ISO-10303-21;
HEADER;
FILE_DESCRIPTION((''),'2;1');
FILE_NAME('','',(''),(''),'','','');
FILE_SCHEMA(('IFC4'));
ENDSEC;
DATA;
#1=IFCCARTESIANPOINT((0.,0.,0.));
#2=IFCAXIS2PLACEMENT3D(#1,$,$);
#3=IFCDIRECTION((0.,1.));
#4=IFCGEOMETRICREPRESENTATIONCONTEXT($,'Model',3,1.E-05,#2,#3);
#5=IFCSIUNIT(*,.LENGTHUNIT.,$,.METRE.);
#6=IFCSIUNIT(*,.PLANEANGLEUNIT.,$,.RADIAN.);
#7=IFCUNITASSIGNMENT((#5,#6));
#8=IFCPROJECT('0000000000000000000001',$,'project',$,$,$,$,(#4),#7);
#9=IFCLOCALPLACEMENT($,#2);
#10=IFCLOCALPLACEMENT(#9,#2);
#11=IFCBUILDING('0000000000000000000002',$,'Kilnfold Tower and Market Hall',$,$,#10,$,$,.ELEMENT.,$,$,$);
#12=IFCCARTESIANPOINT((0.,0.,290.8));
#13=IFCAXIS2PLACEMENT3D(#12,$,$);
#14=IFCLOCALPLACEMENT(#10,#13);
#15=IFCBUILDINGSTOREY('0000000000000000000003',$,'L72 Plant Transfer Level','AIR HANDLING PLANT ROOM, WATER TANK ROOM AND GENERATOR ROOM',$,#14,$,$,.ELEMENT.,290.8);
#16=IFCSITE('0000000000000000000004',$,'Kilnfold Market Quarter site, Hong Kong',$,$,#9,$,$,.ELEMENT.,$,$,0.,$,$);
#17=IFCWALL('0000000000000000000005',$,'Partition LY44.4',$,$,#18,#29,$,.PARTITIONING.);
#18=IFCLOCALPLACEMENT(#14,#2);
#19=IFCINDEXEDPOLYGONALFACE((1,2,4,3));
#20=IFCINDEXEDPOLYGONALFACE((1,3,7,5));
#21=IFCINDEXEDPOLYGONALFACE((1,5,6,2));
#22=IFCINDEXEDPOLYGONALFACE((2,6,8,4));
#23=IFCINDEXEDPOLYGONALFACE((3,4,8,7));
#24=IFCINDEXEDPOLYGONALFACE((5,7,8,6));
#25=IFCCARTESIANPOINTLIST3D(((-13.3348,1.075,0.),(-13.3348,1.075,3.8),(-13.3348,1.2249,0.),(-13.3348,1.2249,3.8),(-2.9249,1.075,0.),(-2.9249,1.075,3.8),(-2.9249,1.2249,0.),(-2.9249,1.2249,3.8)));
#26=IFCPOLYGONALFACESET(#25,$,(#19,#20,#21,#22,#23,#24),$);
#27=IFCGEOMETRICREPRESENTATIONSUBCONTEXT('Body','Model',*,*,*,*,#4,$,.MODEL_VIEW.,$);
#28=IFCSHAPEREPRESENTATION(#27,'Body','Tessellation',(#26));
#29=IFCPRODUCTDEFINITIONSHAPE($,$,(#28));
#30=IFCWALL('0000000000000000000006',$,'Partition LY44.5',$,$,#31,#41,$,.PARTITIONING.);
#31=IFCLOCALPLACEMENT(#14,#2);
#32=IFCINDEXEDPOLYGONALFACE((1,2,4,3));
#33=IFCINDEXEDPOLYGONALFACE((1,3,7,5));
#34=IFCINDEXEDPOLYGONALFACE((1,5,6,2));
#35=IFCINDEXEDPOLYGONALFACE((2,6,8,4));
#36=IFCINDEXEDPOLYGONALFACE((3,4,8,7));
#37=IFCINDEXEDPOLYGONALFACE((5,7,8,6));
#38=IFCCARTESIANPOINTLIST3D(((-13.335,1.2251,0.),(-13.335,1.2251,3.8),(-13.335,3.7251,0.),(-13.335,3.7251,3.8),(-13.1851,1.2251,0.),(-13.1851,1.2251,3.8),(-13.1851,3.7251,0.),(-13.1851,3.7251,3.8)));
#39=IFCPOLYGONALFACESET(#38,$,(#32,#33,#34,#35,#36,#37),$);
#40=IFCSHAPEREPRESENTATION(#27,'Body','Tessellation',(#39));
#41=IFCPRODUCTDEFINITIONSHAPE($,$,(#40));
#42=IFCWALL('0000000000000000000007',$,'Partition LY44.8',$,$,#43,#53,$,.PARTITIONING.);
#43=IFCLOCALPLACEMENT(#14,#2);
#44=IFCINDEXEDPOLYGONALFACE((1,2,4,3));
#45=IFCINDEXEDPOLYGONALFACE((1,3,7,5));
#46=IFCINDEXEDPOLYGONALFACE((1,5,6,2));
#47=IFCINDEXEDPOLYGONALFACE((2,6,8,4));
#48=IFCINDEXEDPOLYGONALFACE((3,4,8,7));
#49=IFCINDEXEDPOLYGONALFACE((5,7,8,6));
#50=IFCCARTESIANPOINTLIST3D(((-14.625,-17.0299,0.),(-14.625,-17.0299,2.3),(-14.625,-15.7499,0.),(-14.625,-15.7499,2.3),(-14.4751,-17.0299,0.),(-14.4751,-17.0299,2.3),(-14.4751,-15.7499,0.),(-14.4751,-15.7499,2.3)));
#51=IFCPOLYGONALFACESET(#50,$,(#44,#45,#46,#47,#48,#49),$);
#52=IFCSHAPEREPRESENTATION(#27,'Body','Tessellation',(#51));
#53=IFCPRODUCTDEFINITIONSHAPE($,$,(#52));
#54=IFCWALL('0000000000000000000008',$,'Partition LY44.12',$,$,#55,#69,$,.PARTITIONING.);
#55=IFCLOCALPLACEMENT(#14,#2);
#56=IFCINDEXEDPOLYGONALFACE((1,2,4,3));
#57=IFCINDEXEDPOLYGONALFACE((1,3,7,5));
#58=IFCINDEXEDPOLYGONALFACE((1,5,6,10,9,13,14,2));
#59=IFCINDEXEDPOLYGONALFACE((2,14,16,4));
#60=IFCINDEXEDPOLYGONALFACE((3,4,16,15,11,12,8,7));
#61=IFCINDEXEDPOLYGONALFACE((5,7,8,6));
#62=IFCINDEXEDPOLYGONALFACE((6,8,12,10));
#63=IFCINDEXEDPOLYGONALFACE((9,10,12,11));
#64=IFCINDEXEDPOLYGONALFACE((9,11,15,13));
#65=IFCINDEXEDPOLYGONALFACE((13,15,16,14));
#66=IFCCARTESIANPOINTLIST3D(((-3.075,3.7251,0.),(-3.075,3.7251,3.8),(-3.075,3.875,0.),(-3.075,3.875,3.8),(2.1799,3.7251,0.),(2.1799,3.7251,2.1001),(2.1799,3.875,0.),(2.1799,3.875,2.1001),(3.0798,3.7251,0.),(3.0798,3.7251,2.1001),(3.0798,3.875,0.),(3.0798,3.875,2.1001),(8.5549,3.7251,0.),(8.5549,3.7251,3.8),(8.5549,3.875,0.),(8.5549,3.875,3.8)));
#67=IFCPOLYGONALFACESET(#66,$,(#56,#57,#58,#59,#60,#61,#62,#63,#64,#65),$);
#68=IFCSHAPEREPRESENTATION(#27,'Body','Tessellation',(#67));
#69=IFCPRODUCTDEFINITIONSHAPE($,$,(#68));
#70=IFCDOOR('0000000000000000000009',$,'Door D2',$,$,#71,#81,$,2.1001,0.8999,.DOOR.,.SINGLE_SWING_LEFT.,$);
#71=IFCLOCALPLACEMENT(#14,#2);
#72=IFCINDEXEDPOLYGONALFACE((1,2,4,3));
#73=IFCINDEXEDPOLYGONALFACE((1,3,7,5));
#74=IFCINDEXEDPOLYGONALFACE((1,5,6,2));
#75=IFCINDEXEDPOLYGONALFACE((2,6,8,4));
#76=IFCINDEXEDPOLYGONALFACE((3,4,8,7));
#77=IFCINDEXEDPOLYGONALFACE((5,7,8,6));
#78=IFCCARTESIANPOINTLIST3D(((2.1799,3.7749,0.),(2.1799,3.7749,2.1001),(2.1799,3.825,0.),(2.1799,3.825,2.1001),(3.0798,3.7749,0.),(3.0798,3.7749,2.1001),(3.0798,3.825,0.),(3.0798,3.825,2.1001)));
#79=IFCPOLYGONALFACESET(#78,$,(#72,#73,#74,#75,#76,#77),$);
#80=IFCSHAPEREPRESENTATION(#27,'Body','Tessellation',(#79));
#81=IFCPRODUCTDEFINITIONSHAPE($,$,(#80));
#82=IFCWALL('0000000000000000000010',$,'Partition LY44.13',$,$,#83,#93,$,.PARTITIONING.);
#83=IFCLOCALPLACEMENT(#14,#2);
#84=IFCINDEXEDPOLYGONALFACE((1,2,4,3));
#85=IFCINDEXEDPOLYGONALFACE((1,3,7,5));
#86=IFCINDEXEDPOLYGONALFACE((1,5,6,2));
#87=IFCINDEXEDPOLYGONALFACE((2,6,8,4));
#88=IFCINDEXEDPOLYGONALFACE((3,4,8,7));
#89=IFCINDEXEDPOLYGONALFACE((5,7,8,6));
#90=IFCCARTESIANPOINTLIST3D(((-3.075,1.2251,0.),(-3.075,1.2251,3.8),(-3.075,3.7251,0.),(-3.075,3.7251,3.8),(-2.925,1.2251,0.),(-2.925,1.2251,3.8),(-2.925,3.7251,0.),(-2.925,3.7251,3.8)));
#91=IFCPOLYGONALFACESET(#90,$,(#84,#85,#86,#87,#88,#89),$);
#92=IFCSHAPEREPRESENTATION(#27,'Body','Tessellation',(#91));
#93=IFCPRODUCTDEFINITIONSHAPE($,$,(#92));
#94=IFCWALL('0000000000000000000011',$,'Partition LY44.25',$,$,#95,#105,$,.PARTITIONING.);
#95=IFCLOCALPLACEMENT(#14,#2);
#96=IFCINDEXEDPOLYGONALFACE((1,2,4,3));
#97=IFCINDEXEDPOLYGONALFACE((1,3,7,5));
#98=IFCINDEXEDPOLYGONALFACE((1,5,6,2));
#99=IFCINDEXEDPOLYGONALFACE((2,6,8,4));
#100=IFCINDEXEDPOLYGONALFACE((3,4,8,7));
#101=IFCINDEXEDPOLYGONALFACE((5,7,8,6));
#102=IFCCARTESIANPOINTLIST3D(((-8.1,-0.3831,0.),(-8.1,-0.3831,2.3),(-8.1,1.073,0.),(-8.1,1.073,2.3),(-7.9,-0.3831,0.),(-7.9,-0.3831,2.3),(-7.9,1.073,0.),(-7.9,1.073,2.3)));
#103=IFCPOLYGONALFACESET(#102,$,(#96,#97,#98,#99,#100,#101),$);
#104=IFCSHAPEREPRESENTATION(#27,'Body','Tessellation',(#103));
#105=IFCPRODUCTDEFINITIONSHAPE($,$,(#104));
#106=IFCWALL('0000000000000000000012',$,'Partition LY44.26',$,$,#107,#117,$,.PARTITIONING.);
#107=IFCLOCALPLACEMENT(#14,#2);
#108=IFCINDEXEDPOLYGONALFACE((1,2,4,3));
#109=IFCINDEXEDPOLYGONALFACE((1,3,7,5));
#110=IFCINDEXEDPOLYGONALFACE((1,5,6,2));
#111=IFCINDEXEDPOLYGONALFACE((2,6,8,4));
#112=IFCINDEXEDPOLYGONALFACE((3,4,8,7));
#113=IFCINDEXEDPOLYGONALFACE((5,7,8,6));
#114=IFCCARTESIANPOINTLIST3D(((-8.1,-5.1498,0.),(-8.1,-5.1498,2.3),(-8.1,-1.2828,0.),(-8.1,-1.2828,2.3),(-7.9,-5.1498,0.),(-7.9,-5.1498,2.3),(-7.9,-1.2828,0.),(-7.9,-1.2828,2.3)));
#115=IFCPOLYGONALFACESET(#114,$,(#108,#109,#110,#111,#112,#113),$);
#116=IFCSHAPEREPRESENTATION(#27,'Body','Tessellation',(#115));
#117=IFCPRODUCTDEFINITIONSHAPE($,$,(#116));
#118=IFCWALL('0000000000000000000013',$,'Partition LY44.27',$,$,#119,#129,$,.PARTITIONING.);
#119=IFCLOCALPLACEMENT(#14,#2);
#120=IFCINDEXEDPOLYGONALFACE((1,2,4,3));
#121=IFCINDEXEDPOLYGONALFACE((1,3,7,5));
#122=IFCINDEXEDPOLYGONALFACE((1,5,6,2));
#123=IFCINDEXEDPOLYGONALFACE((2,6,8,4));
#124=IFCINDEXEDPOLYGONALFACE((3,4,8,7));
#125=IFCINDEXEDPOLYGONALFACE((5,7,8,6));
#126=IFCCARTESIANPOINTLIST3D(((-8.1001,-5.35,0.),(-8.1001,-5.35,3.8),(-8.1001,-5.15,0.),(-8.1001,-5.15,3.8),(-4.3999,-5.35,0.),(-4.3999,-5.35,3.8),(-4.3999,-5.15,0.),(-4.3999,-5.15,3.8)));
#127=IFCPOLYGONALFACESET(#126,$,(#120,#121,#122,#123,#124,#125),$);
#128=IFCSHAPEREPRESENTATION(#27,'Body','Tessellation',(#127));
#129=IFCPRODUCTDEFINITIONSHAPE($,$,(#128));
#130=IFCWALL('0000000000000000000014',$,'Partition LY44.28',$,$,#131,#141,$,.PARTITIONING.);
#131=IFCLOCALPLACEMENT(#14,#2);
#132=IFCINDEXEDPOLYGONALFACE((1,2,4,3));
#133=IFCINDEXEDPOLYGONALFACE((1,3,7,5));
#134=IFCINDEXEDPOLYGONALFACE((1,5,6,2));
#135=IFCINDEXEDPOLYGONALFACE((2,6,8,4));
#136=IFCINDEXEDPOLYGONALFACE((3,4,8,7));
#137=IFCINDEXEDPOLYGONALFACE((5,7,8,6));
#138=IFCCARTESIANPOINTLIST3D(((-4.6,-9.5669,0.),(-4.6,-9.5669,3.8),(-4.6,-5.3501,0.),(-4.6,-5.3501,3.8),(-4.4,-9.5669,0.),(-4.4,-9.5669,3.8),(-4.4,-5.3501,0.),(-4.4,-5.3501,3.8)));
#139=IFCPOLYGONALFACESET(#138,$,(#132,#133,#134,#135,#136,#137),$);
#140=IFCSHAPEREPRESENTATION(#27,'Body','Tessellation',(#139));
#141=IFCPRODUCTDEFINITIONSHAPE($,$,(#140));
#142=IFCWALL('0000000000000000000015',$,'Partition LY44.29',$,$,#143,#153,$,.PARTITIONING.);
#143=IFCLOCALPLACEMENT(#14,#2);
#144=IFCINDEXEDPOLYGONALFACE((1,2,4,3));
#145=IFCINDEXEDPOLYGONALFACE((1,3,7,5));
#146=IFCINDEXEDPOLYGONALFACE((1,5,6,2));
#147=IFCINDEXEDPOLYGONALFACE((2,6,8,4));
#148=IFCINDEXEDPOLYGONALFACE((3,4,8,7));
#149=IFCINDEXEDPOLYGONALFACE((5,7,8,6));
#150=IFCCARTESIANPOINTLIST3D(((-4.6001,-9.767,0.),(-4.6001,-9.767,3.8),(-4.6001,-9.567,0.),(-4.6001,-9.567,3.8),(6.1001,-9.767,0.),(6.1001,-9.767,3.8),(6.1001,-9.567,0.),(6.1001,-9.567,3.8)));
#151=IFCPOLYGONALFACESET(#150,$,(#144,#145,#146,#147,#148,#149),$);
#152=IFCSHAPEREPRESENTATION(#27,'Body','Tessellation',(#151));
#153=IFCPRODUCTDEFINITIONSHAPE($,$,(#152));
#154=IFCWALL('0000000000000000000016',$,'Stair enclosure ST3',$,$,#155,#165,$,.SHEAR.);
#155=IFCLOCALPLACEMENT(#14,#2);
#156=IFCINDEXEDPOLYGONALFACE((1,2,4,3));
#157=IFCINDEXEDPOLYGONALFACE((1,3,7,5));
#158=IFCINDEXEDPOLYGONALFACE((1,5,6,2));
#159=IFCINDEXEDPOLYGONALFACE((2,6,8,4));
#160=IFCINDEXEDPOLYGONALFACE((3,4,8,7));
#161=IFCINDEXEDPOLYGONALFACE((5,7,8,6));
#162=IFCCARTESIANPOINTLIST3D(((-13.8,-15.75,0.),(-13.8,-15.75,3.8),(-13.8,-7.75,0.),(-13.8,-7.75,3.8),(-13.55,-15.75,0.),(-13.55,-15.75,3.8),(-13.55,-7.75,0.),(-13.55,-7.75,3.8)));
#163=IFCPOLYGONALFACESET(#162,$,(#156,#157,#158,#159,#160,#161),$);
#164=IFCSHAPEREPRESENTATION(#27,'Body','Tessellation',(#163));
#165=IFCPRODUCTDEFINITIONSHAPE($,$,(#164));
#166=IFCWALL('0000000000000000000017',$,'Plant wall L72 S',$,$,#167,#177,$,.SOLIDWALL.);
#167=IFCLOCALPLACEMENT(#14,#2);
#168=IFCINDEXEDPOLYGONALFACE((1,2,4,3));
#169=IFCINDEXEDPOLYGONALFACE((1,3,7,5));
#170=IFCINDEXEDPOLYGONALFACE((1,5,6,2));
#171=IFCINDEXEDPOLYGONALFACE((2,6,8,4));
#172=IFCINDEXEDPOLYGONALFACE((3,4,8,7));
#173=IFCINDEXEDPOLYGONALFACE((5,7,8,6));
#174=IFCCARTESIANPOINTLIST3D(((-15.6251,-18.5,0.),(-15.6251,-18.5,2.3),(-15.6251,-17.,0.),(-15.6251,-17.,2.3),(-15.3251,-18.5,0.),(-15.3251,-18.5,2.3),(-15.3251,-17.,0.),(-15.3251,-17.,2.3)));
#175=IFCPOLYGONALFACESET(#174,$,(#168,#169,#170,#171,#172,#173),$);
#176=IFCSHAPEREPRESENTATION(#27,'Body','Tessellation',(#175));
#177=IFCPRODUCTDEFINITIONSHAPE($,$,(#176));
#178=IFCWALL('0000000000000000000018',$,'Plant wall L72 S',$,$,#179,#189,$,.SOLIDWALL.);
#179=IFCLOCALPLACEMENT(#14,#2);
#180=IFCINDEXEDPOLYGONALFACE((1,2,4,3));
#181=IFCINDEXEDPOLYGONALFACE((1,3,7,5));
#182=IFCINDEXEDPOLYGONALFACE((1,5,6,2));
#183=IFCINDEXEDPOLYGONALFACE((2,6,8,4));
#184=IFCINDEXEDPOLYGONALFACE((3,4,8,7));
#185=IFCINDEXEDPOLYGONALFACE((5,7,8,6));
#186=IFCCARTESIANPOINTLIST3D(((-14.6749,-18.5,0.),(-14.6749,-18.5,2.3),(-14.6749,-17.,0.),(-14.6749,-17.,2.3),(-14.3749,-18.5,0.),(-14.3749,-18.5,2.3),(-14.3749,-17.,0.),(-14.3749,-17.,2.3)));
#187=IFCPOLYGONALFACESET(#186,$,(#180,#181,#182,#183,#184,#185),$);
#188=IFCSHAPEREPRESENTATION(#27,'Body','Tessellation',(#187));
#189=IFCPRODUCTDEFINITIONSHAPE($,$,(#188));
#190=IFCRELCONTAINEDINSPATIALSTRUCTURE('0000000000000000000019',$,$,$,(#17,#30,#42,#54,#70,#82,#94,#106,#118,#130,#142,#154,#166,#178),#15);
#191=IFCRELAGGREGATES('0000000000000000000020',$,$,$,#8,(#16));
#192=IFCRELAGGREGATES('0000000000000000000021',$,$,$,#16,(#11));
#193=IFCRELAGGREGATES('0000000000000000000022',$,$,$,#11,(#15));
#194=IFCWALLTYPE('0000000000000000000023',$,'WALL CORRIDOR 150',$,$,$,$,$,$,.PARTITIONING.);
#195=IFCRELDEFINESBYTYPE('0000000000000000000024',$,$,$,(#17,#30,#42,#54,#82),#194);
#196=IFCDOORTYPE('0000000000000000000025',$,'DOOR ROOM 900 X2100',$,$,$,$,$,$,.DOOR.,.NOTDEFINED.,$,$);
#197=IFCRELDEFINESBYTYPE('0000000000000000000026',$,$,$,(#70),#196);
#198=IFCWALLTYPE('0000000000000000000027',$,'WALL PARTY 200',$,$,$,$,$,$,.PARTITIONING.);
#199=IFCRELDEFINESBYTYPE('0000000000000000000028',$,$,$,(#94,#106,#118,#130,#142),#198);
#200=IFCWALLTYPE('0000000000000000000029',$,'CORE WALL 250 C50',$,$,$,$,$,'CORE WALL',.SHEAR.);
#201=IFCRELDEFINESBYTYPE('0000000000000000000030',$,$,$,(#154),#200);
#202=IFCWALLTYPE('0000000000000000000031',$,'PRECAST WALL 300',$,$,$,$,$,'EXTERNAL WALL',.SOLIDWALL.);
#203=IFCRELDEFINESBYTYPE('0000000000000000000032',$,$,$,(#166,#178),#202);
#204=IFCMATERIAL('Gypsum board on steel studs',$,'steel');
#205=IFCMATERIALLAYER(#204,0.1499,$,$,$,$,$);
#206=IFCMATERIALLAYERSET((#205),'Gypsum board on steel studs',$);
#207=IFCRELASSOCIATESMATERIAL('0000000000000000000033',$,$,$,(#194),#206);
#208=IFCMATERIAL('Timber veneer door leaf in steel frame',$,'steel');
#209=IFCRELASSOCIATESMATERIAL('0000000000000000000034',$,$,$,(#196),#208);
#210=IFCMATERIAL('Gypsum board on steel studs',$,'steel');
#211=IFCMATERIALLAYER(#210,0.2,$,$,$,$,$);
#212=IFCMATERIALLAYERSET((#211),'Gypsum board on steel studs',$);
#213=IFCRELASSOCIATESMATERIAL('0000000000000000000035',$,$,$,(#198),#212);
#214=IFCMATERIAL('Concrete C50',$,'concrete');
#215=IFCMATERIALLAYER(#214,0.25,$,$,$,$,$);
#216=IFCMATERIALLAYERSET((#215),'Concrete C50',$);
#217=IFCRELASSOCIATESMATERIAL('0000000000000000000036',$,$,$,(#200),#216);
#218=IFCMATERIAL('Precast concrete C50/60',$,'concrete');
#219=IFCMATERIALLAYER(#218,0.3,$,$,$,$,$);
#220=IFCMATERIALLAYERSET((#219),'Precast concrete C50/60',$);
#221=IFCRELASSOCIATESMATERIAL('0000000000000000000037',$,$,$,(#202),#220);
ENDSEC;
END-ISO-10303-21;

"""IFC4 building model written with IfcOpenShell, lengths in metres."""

from ifc_helpers import new_model, si_unit, direction, frame, frame_2d, origin, place, context, subcontext, project, spatial, rectangle, extrude, source, transform, mapped, material, layer, layer_set, type_object, element, fill, save


model = new_model("IFC4")

# Units and contexts
model_context = context("Model", 3, precision=1e-05, world=origin(), true_north=direction((0.0, 1.0)))
body_context = subcontext(model_context, "Body", "Model", "MODEL_VIEW")
ifc_project = project(units=[si_unit("LENGTHUNIT", "METRE"), si_unit("PLANEANGLEUNIT", "RADIAN")], contexts=[model_context])

# Site, building, storey
site_placement = place(None, origin())
site = spatial("IfcSite", under=ifc_project, at=site_placement, Name="Kilnfold Market Quarter site, Hong Kong", CompositionType="ELEMENT", RefElevation=0.0)
building_placement = place(site_placement, origin())
building = spatial("IfcBuilding", under=site, at=building_placement, Name="Kilnfold Tower and Market Hall", CompositionType="ELEMENT")
storey_placement = place(building_placement, frame((0.0, 0.0, 290.8)))
storey = spatial("IfcBuildingStorey", under=building, at=storey_placement, Name="L72 Plant Transfer Level", Description="AIR HANDLING PLANT ROOM, WATER TANK ROOM AND GENERATOR ROOM", CompositionType="ELEMENT", Elevation=290.8)

# Walls
ifc_material_1 = material(Name="Gypsum board on steel studs", Category="steel")
ifc_layer_1 = layer(ifc_material_1, 0.1499)
ifc_layer_set_1 = layer_set([ifc_layer_1], Name="Gypsum board on steel studs")
wall_type_1 = type_object("IfcWallType", Name="WALL CORRIDOR 150", PredefinedType="PARTITIONING", material=ifc_layer_set_1)
wall_1_placement = place(storey_placement, frame((-13.335, 1.1499, 0.0), z_axis=(0.0, 0.0, 1.0), x_axis=(1.0, 0.0, 0.0)))
element("IfcWall", 1, at=wall_1_placement, inside=storey, type_object=wall_type_1, Name="Partition LY44.4", PredefinedType="PARTITIONING", context=body_context, shape_type="SweptSolid", body=[
    extrude(rectangle(XDim=10.4099, YDim=0.1499, at=frame_2d((5.2051, 0.0))), origin(), (0.0, 0.0, 1.0), 3.8),
])
wall_2_placement = place(storey_placement, frame((-13.26, 3.7251, 0.0), z_axis=(0.0, 0.0, 1.0), x_axis=(0.0, -1.0, 0.0)))
element("IfcWall", 2, at=wall_2_placement, inside=storey, type_object=wall_type_1, Name="Partition LY44.5", PredefinedType="PARTITIONING", context=body_context, shape_type="SweptSolid", body=[
    extrude(rectangle(XDim=2.5, YDim=0.1499, at=frame_2d((1.25, 0.0))), origin(), (0.0, 0.0, 1.0), 3.8),
])
wall_3_placement = place(storey_placement, frame((-14.55, -17.03, 0.0), z_axis=(0.0, 0.0, 1.0), x_axis=(0.0, 1.0, 0.0)))
element("IfcWall", 3, at=wall_3_placement, inside=storey, type_object=wall_type_1, Name="Partition LY44.8", PredefinedType="PARTITIONING", context=body_context, shape_type="SweptSolid", body=[
    extrude(rectangle(XDim=1.28, YDim=0.1499, at=frame_2d((0.6401, 0.0))), origin(), (0.0, 0.0, 1.0), 2.3),
])

# Wall, opening, door
wall_4_placement = place(storey_placement, frame((-3.075, 3.8, 0.0), z_axis=(0.0, 0.0, 1.0), x_axis=(1.0, 0.0, 0.0)))
wall_4 = element("IfcWall", 4, at=wall_4_placement, inside=storey, type_object=wall_type_1, Name="Partition LY44.12", PredefinedType="PARTITIONING", context=body_context, shape_type="SweptSolid", body=[
    extrude(rectangle(XDim=11.6299, YDim=0.1499, at=frame_2d((5.8149, 0.0))), origin(), (0.0, 0.0, 1.0), 3.8),
])
opening_placement = place(wall_4_placement, frame((5.2549, 0.0, 0.0)))
opening = element("IfcOpeningElement", 5, at=opening_placement, cuts=wall_4, PredefinedType="OPENING", context=body_context, shape_type="SweptSolid", body=[
    extrude(rectangle(XDim=0.8999, YDim=2.1001, at=frame_2d((0.45, 1.05))), frame((0.0, 0.085, 0.0), z_axis=(0.0, -1.0, 0.0), x_axis=(1.0, 0.0, 0.0)), (0.0, 0.0, 1.0), 0.1699),
])
ifc_material_2 = material(Name="Timber veneer door leaf in steel frame", Category="steel")
door_type = type_object("IfcDoorType", Name="DOOR ROOM 900 X2100", OperationType="NOTDEFINED", PredefinedType="DOOR", material=ifc_material_2)
door_placement = place(opening_placement, origin())
door = element("IfcDoor", 6, at=door_placement, inside=storey, type_object=door_type, Name="Door D2", OperationType="SINGLE_SWING_LEFT", OverallHeight=2.1001, OverallWidth=0.8999, PredefinedType="DOOR", context=body_context, shape_type="SweptSolid", body=[
    extrude(rectangle(XDim=0.8999, YDim=2.1001, at=frame_2d((0.45, 1.05))), frame((0.0, 0.0249, 0.0), z_axis=(0.0, -1.0, 0.0), x_axis=(1.0, 0.0, 0.0)), (0.0, 0.0, 1.0), 0.05),
])
fill(opening, door)

# Walls
wall_5_placement = place(storey_placement, frame((-3.0, 1.2251, 0.0), z_axis=(0.0, 0.0, 1.0), x_axis=(0.0, 1.0, 0.0)))
element("IfcWall", 7, at=wall_5_placement, inside=storey, type_object=wall_type_1, Name="Partition LY44.13", PredefinedType="PARTITIONING", context=body_context, shape_type="SweptSolid", body=[
    extrude(rectangle(XDim=2.5, YDim=0.1499, at=frame_2d((1.25, 0.0))), origin(), (0.0, 0.0, 1.0), 3.8),
])
ifc_material_3 = material(Name="Gypsum board on steel studs", Category="steel")
ifc_layer_2 = layer(ifc_material_3, 0.2)
ifc_layer_set_2 = layer_set([ifc_layer_2], Name="Gypsum board on steel studs")
wall_type_2 = type_object("IfcWallType", Name="WALL PARTY 200", PredefinedType="PARTITIONING", material=ifc_layer_set_2)
wall_6_placement = place(storey_placement, frame((-8.0, -0.3831, 0.0), z_axis=(0.0, 0.0, 1.0), x_axis=(0.0, 1.0, 0.0)))
element("IfcWall", 8, at=wall_6_placement, inside=storey, type_object=wall_type_2, Name="Partition LY44.25", PredefinedType="PARTITIONING", context=body_context, shape_type="SweptSolid", body=[
    extrude(rectangle(XDim=1.4561, YDim=0.2, at=frame_2d((0.728, 0.0))), origin(), (0.0, 0.0, 1.0), 2.3),
])
wall_7_placement = place(storey_placement, frame((-8.0, -5.1499, 0.0), z_axis=(0.0, 0.0, 1.0), x_axis=(0.0, 1.0, 0.0)))
element("IfcWall", 9, at=wall_7_placement, inside=storey, type_object=wall_type_2, Name="Partition LY44.26", PredefinedType="PARTITIONING", context=body_context, shape_type="SweptSolid", body=[
    extrude(rectangle(XDim=3.8669, YDim=0.2, at=frame_2d((1.9336, 0.0))), origin(), (0.0, 0.0, 1.0), 2.3),
])
wall_8_placement = place(storey_placement, frame((-4.3999, -5.25, 0.0), z_axis=(0.0, 0.0, 1.0), x_axis=(-1.0, 0.0, 0.0)))
element("IfcWall", 10, at=wall_8_placement, inside=storey, type_object=wall_type_2, Name="Partition LY44.27", PredefinedType="PARTITIONING", context=body_context, shape_type="SweptSolid", body=[
    extrude(rectangle(XDim=3.7002, YDim=0.2, at=frame_2d((1.8501, 0.0))), origin(), (0.0, 0.0, 1.0), 3.8),
])
wall_9_placement = place(storey_placement, frame((-4.5, -9.5669, 0.0), z_axis=(0.0, 0.0, 1.0), x_axis=(0.0, 1.0, 0.0)))
element("IfcWall", 11, at=wall_9_placement, inside=storey, type_object=wall_type_2, Name="Partition LY44.28", PredefinedType="PARTITIONING", context=body_context, shape_type="SweptSolid", body=[
    extrude(rectangle(XDim=4.2168, YDim=0.2, at=frame_2d((2.1084, 0.0))), origin(), (0.0, 0.0, 1.0), 3.8),
])
wall_10_placement = place(storey_placement, frame((-4.6001, -9.667, 0.0), z_axis=(0.0, 0.0, 1.0), x_axis=(1.0, 0.0, 0.0)))
element("IfcWall", 12, at=wall_10_placement, inside=storey, type_object=wall_type_2, Name="Partition LY44.29", PredefinedType="PARTITIONING", context=body_context, shape_type="SweptSolid", body=[
    extrude(rectangle(XDim=10.7002, YDim=0.2, at=frame_2d((5.3501, 0.0))), origin(), (0.0, 0.0, 1.0), 3.8),
])
ifc_material_4 = material(Name="Concrete C50", Category="concrete")
ifc_layer_3 = layer(ifc_material_4, 0.25)
ifc_layer_set_3 = layer_set([ifc_layer_3], Name="Concrete C50")
wall_type_3 = type_object("IfcWallType", Name="CORE WALL 250 C50", ElementType="CORE WALL", PredefinedType="SHEAR", material=ifc_layer_set_3)
shared_shape_1 = source(origin(), body_context, "Body", "SweptSolid", [
    extrude(rectangle(XDim=8.0, YDim=0.25, at=frame_2d((4.0, 0.0))), origin(), (0.0, 0.0, 1.0), 3.8),
])
wall_11_placement = place(storey_placement, frame((-13.675, -15.75, 0.0), z_axis=(0.0, 0.0, 1.0), x_axis=(0.0, 1.0, 0.0)))
element("IfcWall", 13, at=wall_11_placement, inside=storey, type_object=wall_type_3, Name="Stair enclosure ST3", PredefinedType="SHEAR", context=body_context, shape_type="MappedRepresentation", body=[
    mapped(shared_shape_1, transform((0.0, 0.0, 0.0))),
])
ifc_material_5 = material(Name="Precast concrete C50/60", Category="concrete")
ifc_layer_4 = layer(ifc_material_5, 0.3)
ifc_layer_set_4 = layer_set([ifc_layer_4], Name="Precast concrete C50/60")
wall_type_4 = type_object("IfcWallType", Name="PRECAST WALL 300", ElementType="EXTERNAL WALL", PredefinedType="SOLIDWALL", material=ifc_layer_set_4)
shared_shape_2 = source(origin(), body_context, "Body", "SweptSolid", [
    extrude(rectangle(XDim=1.5, YDim=0.3, at=frame_2d((0.75, 0.0))), origin(), (0.0, 0.0, 1.0), 2.3),
])
for number, where, z_axis, x_axis, name in (
    (14, (-15.4751, -18.5, 0.0), (0.0, 0.0, 1.0), (0.0, 1.0, 0.0), "Plant wall L72 S"),
    (15, (-14.5249, -18.5, 0.0), (0.0, 0.0, 1.0), (0.0, 1.0, 0.0), "Plant wall L72 S"),
):
    element("IfcWall", number, at=place(storey_placement, frame(where, z_axis=z_axis, x_axis=x_axis)), inside=storey, type_object=wall_type_4, Name=name, PredefinedType="SOLIDWALL", context=body_context, shape_type="MappedRepresentation", body=[
        mapped(shared_shape_2, transform((0.0, 0.0, 0.0))),
    ])

save(model, "model.ifc")
